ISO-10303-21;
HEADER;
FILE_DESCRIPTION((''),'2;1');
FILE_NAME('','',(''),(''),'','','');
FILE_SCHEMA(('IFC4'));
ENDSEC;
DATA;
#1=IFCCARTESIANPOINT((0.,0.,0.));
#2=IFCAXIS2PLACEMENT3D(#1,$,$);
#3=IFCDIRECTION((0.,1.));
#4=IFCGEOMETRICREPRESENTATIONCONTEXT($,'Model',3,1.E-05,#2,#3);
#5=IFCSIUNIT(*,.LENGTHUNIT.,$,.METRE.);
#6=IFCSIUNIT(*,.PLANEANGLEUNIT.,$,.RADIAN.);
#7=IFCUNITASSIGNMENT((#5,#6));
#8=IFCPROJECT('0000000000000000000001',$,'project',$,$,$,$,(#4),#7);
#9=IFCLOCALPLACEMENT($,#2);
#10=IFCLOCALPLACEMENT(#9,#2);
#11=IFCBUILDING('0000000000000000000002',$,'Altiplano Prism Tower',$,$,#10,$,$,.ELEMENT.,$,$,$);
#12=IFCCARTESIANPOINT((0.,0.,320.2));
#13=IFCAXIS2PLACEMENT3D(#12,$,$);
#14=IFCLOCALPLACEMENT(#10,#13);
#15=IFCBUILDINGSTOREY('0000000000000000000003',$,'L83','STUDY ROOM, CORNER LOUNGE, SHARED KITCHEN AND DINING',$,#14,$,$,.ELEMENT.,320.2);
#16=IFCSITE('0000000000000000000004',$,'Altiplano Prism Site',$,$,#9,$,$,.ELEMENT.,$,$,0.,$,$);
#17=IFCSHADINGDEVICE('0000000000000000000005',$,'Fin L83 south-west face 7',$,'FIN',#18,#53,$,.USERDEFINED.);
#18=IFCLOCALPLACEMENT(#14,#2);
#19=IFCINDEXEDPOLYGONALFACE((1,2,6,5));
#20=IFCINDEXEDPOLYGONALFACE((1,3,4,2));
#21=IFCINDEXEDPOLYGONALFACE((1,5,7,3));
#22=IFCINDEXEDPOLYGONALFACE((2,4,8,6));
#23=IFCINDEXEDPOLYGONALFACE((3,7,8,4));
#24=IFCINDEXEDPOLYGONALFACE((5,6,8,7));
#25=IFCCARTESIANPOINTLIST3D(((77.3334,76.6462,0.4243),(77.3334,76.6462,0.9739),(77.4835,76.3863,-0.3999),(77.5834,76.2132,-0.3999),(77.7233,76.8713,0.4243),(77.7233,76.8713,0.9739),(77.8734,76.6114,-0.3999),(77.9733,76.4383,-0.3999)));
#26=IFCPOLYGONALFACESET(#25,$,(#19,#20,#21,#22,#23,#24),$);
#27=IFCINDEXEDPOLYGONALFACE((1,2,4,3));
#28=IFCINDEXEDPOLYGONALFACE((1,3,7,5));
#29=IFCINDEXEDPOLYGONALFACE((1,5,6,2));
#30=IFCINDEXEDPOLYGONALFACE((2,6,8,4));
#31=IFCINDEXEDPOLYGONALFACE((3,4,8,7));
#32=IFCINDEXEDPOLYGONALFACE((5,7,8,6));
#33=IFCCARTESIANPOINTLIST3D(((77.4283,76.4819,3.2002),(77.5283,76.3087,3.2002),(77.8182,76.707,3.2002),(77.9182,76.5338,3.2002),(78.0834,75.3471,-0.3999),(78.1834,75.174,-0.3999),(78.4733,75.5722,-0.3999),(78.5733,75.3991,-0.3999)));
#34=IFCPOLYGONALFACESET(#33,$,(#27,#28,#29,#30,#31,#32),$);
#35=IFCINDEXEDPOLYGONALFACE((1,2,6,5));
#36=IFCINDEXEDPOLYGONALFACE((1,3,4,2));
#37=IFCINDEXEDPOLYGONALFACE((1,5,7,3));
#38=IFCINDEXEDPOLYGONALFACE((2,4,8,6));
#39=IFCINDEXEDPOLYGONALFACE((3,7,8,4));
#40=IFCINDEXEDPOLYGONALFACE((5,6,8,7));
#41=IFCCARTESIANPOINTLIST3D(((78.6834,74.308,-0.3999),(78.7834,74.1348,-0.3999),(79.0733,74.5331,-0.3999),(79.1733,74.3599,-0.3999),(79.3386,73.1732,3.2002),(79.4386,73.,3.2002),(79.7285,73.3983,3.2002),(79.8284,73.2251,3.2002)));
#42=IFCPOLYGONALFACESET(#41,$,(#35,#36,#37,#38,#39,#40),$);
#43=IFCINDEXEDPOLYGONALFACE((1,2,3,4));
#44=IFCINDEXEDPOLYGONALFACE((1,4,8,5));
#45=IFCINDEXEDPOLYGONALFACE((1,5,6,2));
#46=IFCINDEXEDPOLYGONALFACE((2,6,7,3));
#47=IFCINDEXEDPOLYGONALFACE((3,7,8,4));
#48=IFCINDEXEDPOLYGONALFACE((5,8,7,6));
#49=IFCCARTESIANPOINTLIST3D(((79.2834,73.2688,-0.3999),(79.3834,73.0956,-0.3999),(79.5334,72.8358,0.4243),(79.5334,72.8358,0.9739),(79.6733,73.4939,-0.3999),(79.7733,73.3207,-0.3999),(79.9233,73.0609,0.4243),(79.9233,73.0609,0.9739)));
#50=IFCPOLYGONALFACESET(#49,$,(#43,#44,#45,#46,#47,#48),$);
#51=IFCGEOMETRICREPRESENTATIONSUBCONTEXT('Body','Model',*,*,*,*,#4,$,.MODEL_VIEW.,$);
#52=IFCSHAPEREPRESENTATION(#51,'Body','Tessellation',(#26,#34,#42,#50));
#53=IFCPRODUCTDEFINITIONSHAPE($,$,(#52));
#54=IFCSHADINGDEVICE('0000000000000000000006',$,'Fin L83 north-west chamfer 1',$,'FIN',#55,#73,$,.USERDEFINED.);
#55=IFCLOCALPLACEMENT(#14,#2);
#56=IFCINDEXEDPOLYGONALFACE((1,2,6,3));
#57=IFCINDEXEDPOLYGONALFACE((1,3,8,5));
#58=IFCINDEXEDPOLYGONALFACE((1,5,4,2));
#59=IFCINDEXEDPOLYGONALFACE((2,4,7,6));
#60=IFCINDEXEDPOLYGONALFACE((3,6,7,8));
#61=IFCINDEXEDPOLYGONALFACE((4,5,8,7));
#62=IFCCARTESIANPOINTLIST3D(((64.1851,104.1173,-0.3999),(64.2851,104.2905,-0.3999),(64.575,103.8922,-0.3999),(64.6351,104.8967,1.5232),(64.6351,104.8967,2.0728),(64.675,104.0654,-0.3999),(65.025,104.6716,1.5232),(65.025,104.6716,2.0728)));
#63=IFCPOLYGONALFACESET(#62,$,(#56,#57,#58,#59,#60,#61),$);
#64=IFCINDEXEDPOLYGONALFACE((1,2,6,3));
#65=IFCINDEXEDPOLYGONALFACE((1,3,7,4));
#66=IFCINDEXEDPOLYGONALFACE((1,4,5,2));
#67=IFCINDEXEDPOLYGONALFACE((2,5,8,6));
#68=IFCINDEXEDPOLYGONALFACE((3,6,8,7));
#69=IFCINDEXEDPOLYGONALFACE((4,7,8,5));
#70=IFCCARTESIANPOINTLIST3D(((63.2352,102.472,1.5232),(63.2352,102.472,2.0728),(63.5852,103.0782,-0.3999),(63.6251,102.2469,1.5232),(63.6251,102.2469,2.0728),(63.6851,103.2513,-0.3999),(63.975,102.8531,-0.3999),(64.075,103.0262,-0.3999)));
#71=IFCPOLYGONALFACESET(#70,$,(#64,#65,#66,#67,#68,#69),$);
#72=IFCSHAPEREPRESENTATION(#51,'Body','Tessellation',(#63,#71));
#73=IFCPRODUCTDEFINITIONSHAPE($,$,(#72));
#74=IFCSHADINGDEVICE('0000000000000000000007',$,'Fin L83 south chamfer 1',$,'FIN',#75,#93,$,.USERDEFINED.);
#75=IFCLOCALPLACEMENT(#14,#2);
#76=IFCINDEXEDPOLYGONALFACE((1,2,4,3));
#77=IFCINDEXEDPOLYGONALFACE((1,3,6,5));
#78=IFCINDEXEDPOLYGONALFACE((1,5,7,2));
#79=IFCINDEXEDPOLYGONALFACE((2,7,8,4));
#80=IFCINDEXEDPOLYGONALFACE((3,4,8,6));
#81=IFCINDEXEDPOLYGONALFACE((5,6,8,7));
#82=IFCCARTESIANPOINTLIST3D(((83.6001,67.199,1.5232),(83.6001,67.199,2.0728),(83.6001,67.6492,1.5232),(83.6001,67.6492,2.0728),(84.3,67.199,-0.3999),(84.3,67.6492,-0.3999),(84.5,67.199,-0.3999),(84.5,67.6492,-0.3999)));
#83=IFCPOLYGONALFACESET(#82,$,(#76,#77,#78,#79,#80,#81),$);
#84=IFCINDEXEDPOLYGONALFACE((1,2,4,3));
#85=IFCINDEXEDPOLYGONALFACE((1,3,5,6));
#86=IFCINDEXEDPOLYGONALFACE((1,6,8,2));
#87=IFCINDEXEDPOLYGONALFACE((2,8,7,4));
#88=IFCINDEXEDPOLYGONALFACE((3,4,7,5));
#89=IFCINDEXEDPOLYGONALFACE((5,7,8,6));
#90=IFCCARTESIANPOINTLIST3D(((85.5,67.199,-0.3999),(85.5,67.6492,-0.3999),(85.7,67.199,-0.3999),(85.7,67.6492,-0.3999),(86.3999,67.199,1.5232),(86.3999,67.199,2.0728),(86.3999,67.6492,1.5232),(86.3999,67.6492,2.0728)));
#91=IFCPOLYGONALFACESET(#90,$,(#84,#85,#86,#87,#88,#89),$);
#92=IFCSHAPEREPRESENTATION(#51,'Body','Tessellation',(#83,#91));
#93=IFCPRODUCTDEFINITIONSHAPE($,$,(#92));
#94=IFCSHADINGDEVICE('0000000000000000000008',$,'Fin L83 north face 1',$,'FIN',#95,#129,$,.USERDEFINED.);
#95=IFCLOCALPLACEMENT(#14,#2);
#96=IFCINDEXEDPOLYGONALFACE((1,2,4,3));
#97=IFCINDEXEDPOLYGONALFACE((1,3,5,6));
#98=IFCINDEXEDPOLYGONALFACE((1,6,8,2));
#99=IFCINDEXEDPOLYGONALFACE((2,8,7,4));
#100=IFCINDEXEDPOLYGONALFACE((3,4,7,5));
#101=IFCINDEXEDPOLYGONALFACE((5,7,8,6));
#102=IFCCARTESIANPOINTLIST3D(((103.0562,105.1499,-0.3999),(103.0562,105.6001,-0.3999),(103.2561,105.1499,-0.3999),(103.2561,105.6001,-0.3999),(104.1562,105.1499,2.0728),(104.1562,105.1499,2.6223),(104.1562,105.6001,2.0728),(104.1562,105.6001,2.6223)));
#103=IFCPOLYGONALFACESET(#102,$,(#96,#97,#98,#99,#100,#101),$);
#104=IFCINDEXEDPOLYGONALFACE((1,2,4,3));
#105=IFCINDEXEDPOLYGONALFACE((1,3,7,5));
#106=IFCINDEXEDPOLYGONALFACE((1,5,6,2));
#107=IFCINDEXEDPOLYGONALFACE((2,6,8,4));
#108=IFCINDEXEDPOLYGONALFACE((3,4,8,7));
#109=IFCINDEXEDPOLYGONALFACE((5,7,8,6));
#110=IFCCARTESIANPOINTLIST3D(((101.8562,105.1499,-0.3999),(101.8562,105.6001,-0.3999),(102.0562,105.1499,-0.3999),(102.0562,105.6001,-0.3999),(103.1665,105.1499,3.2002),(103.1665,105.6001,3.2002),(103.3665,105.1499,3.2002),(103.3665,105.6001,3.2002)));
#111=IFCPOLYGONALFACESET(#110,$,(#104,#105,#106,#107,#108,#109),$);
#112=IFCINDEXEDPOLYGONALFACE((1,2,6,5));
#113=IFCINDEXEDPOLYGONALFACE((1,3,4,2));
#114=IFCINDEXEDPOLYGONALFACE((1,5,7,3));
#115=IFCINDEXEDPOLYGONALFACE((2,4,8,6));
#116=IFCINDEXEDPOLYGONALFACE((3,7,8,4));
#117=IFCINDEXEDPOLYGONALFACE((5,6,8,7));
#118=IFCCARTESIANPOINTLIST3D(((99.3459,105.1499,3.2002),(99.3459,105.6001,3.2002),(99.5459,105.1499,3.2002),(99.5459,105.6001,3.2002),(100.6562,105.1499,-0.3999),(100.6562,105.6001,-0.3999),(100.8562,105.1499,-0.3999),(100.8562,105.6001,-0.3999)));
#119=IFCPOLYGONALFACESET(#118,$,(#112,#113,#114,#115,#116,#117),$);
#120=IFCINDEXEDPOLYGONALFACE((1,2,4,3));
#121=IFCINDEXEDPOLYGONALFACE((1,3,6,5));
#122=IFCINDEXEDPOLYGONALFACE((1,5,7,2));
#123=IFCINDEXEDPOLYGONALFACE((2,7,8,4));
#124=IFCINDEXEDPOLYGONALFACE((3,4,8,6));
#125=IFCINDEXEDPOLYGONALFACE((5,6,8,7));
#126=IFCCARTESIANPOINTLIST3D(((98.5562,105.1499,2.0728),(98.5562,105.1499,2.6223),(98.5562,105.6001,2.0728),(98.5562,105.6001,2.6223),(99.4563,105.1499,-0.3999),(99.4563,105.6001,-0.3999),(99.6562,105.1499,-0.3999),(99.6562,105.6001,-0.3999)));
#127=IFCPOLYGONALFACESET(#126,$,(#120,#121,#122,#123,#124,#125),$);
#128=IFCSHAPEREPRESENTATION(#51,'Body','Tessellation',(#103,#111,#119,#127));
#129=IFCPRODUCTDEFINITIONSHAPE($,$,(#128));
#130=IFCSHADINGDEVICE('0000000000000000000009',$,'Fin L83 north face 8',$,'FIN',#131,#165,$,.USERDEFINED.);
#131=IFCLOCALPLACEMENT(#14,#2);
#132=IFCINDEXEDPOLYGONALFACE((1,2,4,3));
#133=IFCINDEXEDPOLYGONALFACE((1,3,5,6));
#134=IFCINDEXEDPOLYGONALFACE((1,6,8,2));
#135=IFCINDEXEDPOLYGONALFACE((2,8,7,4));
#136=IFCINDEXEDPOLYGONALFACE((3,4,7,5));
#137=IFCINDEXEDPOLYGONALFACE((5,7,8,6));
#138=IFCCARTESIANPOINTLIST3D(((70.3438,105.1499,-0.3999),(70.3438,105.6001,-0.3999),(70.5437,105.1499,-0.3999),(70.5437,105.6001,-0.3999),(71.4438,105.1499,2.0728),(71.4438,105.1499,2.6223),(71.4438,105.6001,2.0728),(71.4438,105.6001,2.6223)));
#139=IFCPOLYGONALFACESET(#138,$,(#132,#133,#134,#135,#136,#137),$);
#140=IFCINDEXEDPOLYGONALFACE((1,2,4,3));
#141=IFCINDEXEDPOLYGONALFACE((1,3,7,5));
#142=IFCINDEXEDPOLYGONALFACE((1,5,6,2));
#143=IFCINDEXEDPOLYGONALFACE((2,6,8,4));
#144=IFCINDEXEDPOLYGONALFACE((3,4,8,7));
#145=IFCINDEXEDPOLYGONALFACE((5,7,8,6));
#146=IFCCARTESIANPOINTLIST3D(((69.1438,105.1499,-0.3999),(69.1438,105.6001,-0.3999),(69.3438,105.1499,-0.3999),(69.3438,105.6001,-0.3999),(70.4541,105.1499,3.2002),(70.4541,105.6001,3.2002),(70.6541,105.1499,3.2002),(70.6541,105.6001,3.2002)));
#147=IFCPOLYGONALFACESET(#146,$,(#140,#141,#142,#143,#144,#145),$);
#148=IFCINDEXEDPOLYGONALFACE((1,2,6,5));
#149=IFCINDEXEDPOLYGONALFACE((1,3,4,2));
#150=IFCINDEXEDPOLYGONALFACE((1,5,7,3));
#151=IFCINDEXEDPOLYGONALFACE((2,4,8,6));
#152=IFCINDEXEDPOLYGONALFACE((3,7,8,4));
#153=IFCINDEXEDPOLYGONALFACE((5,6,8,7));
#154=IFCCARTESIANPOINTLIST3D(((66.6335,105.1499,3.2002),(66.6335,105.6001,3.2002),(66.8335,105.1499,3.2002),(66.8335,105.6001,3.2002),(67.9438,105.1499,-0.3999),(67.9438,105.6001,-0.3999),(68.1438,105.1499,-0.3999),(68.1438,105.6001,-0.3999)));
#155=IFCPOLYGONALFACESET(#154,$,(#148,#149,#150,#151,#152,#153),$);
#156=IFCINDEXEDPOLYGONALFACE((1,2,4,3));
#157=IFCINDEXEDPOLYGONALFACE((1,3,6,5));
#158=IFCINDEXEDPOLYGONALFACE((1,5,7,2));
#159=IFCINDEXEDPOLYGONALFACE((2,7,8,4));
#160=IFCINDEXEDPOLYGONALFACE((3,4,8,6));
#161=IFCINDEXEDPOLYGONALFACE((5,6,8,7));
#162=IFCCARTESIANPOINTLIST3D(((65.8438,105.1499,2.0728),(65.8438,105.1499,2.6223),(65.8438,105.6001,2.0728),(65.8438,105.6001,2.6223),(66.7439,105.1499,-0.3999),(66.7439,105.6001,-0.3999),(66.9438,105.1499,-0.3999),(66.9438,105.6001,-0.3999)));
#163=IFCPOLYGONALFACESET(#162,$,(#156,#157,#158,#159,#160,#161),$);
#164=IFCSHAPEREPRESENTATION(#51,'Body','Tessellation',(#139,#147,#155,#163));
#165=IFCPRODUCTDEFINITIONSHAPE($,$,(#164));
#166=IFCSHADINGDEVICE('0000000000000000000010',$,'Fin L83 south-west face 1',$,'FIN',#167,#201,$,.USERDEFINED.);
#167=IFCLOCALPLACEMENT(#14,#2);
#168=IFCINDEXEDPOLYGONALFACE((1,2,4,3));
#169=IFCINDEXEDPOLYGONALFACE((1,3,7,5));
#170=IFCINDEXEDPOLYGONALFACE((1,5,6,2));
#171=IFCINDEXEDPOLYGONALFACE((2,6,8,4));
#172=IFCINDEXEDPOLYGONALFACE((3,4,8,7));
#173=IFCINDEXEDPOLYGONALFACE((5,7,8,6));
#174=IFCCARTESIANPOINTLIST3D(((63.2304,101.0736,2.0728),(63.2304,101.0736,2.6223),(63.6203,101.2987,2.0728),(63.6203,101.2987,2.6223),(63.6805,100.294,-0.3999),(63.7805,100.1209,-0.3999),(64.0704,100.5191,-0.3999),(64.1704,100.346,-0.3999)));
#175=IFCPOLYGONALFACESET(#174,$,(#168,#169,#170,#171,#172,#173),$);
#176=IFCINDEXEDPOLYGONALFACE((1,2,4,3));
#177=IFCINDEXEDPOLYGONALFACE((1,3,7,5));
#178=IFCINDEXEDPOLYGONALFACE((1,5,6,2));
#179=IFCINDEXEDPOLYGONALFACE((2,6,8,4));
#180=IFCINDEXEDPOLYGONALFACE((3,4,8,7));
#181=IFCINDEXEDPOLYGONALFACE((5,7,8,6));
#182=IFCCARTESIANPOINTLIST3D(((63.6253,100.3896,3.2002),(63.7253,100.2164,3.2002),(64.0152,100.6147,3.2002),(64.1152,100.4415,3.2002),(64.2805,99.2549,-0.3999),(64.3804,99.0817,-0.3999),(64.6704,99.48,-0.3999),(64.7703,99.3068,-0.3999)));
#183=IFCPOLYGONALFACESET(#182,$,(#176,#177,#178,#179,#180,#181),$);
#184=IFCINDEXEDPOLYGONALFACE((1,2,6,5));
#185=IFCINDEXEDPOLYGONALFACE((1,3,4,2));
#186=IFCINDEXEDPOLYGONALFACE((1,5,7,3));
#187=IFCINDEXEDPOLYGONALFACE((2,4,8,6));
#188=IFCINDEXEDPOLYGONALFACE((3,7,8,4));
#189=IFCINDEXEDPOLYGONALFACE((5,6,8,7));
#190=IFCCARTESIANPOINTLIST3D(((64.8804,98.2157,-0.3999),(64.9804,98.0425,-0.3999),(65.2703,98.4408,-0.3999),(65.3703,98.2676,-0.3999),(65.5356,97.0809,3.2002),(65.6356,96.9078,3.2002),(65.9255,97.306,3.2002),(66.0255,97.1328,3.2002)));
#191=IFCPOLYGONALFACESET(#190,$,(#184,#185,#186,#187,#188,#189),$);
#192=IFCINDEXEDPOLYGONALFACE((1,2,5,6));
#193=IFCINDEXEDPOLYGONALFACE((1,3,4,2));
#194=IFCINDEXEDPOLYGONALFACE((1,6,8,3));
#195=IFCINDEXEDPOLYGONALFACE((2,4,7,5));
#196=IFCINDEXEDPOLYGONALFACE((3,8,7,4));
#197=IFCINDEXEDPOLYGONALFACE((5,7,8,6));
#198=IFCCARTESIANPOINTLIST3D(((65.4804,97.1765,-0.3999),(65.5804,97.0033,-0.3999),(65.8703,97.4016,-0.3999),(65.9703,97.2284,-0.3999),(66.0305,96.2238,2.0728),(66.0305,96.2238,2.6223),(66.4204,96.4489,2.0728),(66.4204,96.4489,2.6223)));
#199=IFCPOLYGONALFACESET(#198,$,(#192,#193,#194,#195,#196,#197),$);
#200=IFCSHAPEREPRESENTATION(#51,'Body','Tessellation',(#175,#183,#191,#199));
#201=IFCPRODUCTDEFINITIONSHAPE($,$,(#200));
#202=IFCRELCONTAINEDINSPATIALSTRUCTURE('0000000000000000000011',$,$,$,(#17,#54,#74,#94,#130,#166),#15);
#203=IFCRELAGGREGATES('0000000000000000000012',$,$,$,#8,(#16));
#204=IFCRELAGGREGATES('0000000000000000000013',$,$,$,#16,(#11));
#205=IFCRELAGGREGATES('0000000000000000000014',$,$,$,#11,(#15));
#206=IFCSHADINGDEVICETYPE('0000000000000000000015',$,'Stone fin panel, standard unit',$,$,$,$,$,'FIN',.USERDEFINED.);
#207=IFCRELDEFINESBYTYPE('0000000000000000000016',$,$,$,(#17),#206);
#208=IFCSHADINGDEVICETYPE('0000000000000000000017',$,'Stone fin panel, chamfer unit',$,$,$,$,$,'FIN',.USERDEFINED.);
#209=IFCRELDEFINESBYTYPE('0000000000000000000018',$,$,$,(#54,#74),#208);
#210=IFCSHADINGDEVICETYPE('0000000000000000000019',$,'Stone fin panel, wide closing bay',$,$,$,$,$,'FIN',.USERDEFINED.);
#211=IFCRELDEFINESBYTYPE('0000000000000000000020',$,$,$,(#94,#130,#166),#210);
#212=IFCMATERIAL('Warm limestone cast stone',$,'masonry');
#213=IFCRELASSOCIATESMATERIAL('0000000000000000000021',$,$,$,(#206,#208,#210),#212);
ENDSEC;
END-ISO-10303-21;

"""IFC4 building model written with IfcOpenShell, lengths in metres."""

from ifc_helpers import new_model, si_unit, direction, frame, origin, place, context, subcontext, project, spatial, polyline, outline, extrude, source, transform, mapped, material, type_object, element, save


model = new_model("IFC4")

# Units and contexts
model_context = context("Model", 3, precision=1e-05, world=origin(), true_north=direction((0.0, 1.0)))
body_context = subcontext(model_context, "Body", "Model", "MODEL_VIEW")
ifc_project = project(units=[si_unit("LENGTHUNIT", "METRE"), si_unit("PLANEANGLEUNIT", "RADIAN")], contexts=[model_context])

# Site, building, storey
site_placement = place(None, origin())
site = spatial("IfcSite", under=ifc_project, at=site_placement, Name="Altiplano Prism Site", CompositionType="ELEMENT", RefElevation=0.0)
building_placement = place(site_placement, origin())
building = spatial("IfcBuilding", under=site, at=building_placement, Name="Altiplano Prism Tower", CompositionType="ELEMENT")
storey_placement = place(building_placement, frame((0.0, 0.0, 320.2)))
storey = spatial("IfcBuildingStorey", under=building, at=storey_placement, Name="L83", Description="STUDY ROOM, CORNER LOUNGE, SHARED KITCHEN AND DINING", CompositionType="ELEMENT", Elevation=320.2)

# Shading devices
ifc_material_1 = material(Name="Warm limestone cast stone", Category="masonry")
shading_device_type_1 = type_object("IfcShadingDeviceType", Name="Stone fin panel, standard unit", ElementType="FIN", PredefinedType="USERDEFINED", material=ifc_material_1)
shared_shape_1 = source(origin(), body_context, "Body", "SweptSolid", [
    extrude(outline(polyline([(-2.2, 1.3738), (-2.2, 0.8242), (-1.8999, 0.0), (-1.7, 0.0), (-2.2, 1.3738)])), frame((0.0, -0.1499, 0.0), z_axis=(0.0, -1.0, 0.0), x_axis=(1.0, 0.0, 0.0)), (0.0, 0.0, 1.0), 0.4502),
    extrude(outline(polyline([(-2.0103, 3.6001), (-0.7, 0.0), (-0.5, 0.0), (-1.8103, 3.6001), (-2.0103, 3.6001)])), frame((0.0, -0.1499, 0.0), z_axis=(0.0, -1.0, 0.0), x_axis=(1.0, 0.0, 0.0)), (0.0, 0.0, 1.0), 0.4502),
    extrude(outline(polyline([(1.8103, 3.6001), (0.5, 0.0), (0.7, 0.0), (2.0103, 3.6001), (1.8103, 3.6001)])), frame((0.0, -0.1499, 0.0), z_axis=(0.0, -1.0, 0.0), x_axis=(1.0, 0.0, 0.0)), (0.0, 0.0, 1.0), 0.4502),
    extrude(outline(polyline([(2.2, 0.8242), (2.2, 1.3738), (1.7, 0.0), (1.8999, 0.0), (2.2, 0.8242)])), frame((0.0, -0.1499, 0.0), z_axis=(0.0, -1.0, 0.0), x_axis=(1.0, 0.0, 0.0)), (0.0, 0.0, 1.0), 0.4502),
])
shading_device_1_placement = place(storey_placement, origin())
element("IfcShadingDevice", 1, at=shading_device_1_placement, inside=storey, type_object=shading_device_type_1, Name="Fin L83 south-west face 7", ObjectType="FIN", PredefinedType="USERDEFINED", context=body_context, shape_type="MappedRepresentation", body=[
    mapped(shared_shape_1, transform((78.9531, 75.041, -0.3999), x_axis=(0.5, -0.866025, 0.0), y_axis=(0.866025, 0.5, 0.0), z_axis=(0.0, 0.0, 1.0))),
])
shading_device_type_2 = type_object("IfcShadingDeviceType", Name="Stone fin panel, chamfer unit", ElementType="FIN", PredefinedType="USERDEFINED", material=ifc_material_1)
shared_shape_2 = source(origin(), body_context, "Body", "SweptSolid", [
    extrude(outline(polyline([(-1.3999, 2.4727), (-1.3999, 1.9231), (-0.7, 0.0), (-0.5, 0.0), (-1.3999, 2.4727)])), frame((0.0, -0.1499, 0.0), z_axis=(0.0, -1.0, 0.0), x_axis=(1.0, 0.0, 0.0)), (0.0, 0.0, 1.0), 0.4502),
    extrude(outline(polyline([(1.3999, 1.9231), (1.3999, 2.4727), (0.5, 0.0), (0.7, 0.0), (1.3999, 1.9231)])), frame((0.0, -0.1499, 0.0), z_axis=(0.0, -1.0, 0.0), x_axis=(1.0, 0.0, 0.0)), (0.0, 0.0, 1.0), 0.4502),
])
shading_device_2_placement = place(storey_placement, origin())
element("IfcShadingDevice", 2, at=shading_device_2_placement, inside=storey, type_object=shading_device_type_2, Name="Fin L83 north-west chamfer 1", ObjectType="FIN", PredefinedType="USERDEFINED", context=body_context, shape_type="MappedRepresentation", body=[
    mapped(shared_shape_2, transform((64.4548, 103.3843, -0.3999), x_axis=(-0.5, -0.866025, 0.0), y_axis=(0.866025, -0.5, 0.0), z_axis=(0.0, 0.0, 1.0))),
])
shading_device_3_placement = place(storey_placement, origin())
element("IfcShadingDevice", 3, at=shading_device_3_placement, inside=storey, type_object=shading_device_type_2, Name="Fin L83 south chamfer 1", ObjectType="FIN", PredefinedType="USERDEFINED", context=body_context, shape_type="MappedRepresentation", body=[
    mapped(shared_shape_2, transform((85.0, 67.7991, -0.3999), x_axis=(1.0, 0.0, 0.0), y_axis=(0.0, 1.0, 0.0), z_axis=(0.0, 0.0, 1.0))),
])
shading_device_type_3 = type_object("IfcShadingDeviceType", Name="Stone fin panel, wide closing bay", ElementType="FIN", PredefinedType="USERDEFINED", material=ifc_material_1)
shared_shape_3 = source(origin(), body_context, "Body", "SweptSolid", [
    extrude(outline(polyline([(-2.8, 3.0222), (-2.8, 2.4727), (-1.8999, 0.0), (-1.7, 0.0), (-2.8, 3.0222)])), frame((0.0, -0.1499, 0.0), z_axis=(0.0, -1.0, 0.0), x_axis=(1.0, 0.0, 0.0)), (0.0, 0.0, 1.0), 0.4502),
    extrude(outline(polyline([(-2.0103, 3.6001), (-0.7, 0.0), (-0.5, 0.0), (-1.8103, 3.6001), (-2.0103, 3.6001)])), frame((0.0, -0.1499, 0.0), z_axis=(0.0, -1.0, 0.0), x_axis=(1.0, 0.0, 0.0)), (0.0, 0.0, 1.0), 0.4502),
    extrude(outline(polyline([(1.8103, 3.6001), (0.5, 0.0), (0.7, 0.0), (2.0103, 3.6001), (1.8103, 3.6001)])), frame((0.0, -0.1499, 0.0), z_axis=(0.0, -1.0, 0.0), x_axis=(1.0, 0.0, 0.0)), (0.0, 0.0, 1.0), 0.4502),
    extrude(outline(polyline([(2.8, 2.4727), (2.8, 3.0222), (1.7, 0.0), (1.8999, 0.0), (2.8, 2.4727)])), frame((0.0, -0.1499, 0.0), z_axis=(0.0, -1.0, 0.0), x_axis=(1.0, 0.0, 0.0)), (0.0, 0.0, 1.0), 0.4502),
])
shading_device_4_placement = place(storey_placement, origin())
element("IfcShadingDevice", 4, at=shading_device_4_placement, inside=storey, type_object=shading_device_type_3, Name="Fin L83 north face 1", ObjectType="FIN", PredefinedType="USERDEFINED", context=body_context, shape_type="MappedRepresentation", body=[
    mapped(shared_shape_3, transform((101.3562, 105.0, -0.3999), x_axis=(-1.0, 0.0, 0.0), y_axis=(0.0, -1.0, 0.0), z_axis=(0.0, 0.0, 1.0))),
])
shading_device_5_placement = place(storey_placement, origin())
element("IfcShadingDevice", 5, at=shading_device_5_placement, inside=storey, type_object=shading_device_type_3, Name="Fin L83 north face 8", ObjectType="FIN", PredefinedType="USERDEFINED", context=body_context, shape_type="MappedRepresentation", body=[
    mapped(shared_shape_3, transform((68.6438, 105.0, -0.3999), x_axis=(-1.0, 0.0, 0.0), y_axis=(0.0, -1.0, 0.0), z_axis=(0.0, 0.0, 1.0))),
])
shading_device_6_placement = place(storey_placement, origin())
element("IfcShadingDevice", 6, at=shading_device_6_placement, inside=storey, type_object=shading_device_type_3, Name="Fin L83 south-west face 1", ObjectType="FIN", PredefinedType="USERDEFINED", context=body_context, shape_type="MappedRepresentation", body=[
    mapped(shared_shape_3, transform((65.1501, 98.9487, -0.3999), x_axis=(0.5, -0.866025, 0.0), y_axis=(0.866025, 0.5, 0.0), z_axis=(0.0, 0.0, 1.0))),
])

save(model, "model.ifc")
